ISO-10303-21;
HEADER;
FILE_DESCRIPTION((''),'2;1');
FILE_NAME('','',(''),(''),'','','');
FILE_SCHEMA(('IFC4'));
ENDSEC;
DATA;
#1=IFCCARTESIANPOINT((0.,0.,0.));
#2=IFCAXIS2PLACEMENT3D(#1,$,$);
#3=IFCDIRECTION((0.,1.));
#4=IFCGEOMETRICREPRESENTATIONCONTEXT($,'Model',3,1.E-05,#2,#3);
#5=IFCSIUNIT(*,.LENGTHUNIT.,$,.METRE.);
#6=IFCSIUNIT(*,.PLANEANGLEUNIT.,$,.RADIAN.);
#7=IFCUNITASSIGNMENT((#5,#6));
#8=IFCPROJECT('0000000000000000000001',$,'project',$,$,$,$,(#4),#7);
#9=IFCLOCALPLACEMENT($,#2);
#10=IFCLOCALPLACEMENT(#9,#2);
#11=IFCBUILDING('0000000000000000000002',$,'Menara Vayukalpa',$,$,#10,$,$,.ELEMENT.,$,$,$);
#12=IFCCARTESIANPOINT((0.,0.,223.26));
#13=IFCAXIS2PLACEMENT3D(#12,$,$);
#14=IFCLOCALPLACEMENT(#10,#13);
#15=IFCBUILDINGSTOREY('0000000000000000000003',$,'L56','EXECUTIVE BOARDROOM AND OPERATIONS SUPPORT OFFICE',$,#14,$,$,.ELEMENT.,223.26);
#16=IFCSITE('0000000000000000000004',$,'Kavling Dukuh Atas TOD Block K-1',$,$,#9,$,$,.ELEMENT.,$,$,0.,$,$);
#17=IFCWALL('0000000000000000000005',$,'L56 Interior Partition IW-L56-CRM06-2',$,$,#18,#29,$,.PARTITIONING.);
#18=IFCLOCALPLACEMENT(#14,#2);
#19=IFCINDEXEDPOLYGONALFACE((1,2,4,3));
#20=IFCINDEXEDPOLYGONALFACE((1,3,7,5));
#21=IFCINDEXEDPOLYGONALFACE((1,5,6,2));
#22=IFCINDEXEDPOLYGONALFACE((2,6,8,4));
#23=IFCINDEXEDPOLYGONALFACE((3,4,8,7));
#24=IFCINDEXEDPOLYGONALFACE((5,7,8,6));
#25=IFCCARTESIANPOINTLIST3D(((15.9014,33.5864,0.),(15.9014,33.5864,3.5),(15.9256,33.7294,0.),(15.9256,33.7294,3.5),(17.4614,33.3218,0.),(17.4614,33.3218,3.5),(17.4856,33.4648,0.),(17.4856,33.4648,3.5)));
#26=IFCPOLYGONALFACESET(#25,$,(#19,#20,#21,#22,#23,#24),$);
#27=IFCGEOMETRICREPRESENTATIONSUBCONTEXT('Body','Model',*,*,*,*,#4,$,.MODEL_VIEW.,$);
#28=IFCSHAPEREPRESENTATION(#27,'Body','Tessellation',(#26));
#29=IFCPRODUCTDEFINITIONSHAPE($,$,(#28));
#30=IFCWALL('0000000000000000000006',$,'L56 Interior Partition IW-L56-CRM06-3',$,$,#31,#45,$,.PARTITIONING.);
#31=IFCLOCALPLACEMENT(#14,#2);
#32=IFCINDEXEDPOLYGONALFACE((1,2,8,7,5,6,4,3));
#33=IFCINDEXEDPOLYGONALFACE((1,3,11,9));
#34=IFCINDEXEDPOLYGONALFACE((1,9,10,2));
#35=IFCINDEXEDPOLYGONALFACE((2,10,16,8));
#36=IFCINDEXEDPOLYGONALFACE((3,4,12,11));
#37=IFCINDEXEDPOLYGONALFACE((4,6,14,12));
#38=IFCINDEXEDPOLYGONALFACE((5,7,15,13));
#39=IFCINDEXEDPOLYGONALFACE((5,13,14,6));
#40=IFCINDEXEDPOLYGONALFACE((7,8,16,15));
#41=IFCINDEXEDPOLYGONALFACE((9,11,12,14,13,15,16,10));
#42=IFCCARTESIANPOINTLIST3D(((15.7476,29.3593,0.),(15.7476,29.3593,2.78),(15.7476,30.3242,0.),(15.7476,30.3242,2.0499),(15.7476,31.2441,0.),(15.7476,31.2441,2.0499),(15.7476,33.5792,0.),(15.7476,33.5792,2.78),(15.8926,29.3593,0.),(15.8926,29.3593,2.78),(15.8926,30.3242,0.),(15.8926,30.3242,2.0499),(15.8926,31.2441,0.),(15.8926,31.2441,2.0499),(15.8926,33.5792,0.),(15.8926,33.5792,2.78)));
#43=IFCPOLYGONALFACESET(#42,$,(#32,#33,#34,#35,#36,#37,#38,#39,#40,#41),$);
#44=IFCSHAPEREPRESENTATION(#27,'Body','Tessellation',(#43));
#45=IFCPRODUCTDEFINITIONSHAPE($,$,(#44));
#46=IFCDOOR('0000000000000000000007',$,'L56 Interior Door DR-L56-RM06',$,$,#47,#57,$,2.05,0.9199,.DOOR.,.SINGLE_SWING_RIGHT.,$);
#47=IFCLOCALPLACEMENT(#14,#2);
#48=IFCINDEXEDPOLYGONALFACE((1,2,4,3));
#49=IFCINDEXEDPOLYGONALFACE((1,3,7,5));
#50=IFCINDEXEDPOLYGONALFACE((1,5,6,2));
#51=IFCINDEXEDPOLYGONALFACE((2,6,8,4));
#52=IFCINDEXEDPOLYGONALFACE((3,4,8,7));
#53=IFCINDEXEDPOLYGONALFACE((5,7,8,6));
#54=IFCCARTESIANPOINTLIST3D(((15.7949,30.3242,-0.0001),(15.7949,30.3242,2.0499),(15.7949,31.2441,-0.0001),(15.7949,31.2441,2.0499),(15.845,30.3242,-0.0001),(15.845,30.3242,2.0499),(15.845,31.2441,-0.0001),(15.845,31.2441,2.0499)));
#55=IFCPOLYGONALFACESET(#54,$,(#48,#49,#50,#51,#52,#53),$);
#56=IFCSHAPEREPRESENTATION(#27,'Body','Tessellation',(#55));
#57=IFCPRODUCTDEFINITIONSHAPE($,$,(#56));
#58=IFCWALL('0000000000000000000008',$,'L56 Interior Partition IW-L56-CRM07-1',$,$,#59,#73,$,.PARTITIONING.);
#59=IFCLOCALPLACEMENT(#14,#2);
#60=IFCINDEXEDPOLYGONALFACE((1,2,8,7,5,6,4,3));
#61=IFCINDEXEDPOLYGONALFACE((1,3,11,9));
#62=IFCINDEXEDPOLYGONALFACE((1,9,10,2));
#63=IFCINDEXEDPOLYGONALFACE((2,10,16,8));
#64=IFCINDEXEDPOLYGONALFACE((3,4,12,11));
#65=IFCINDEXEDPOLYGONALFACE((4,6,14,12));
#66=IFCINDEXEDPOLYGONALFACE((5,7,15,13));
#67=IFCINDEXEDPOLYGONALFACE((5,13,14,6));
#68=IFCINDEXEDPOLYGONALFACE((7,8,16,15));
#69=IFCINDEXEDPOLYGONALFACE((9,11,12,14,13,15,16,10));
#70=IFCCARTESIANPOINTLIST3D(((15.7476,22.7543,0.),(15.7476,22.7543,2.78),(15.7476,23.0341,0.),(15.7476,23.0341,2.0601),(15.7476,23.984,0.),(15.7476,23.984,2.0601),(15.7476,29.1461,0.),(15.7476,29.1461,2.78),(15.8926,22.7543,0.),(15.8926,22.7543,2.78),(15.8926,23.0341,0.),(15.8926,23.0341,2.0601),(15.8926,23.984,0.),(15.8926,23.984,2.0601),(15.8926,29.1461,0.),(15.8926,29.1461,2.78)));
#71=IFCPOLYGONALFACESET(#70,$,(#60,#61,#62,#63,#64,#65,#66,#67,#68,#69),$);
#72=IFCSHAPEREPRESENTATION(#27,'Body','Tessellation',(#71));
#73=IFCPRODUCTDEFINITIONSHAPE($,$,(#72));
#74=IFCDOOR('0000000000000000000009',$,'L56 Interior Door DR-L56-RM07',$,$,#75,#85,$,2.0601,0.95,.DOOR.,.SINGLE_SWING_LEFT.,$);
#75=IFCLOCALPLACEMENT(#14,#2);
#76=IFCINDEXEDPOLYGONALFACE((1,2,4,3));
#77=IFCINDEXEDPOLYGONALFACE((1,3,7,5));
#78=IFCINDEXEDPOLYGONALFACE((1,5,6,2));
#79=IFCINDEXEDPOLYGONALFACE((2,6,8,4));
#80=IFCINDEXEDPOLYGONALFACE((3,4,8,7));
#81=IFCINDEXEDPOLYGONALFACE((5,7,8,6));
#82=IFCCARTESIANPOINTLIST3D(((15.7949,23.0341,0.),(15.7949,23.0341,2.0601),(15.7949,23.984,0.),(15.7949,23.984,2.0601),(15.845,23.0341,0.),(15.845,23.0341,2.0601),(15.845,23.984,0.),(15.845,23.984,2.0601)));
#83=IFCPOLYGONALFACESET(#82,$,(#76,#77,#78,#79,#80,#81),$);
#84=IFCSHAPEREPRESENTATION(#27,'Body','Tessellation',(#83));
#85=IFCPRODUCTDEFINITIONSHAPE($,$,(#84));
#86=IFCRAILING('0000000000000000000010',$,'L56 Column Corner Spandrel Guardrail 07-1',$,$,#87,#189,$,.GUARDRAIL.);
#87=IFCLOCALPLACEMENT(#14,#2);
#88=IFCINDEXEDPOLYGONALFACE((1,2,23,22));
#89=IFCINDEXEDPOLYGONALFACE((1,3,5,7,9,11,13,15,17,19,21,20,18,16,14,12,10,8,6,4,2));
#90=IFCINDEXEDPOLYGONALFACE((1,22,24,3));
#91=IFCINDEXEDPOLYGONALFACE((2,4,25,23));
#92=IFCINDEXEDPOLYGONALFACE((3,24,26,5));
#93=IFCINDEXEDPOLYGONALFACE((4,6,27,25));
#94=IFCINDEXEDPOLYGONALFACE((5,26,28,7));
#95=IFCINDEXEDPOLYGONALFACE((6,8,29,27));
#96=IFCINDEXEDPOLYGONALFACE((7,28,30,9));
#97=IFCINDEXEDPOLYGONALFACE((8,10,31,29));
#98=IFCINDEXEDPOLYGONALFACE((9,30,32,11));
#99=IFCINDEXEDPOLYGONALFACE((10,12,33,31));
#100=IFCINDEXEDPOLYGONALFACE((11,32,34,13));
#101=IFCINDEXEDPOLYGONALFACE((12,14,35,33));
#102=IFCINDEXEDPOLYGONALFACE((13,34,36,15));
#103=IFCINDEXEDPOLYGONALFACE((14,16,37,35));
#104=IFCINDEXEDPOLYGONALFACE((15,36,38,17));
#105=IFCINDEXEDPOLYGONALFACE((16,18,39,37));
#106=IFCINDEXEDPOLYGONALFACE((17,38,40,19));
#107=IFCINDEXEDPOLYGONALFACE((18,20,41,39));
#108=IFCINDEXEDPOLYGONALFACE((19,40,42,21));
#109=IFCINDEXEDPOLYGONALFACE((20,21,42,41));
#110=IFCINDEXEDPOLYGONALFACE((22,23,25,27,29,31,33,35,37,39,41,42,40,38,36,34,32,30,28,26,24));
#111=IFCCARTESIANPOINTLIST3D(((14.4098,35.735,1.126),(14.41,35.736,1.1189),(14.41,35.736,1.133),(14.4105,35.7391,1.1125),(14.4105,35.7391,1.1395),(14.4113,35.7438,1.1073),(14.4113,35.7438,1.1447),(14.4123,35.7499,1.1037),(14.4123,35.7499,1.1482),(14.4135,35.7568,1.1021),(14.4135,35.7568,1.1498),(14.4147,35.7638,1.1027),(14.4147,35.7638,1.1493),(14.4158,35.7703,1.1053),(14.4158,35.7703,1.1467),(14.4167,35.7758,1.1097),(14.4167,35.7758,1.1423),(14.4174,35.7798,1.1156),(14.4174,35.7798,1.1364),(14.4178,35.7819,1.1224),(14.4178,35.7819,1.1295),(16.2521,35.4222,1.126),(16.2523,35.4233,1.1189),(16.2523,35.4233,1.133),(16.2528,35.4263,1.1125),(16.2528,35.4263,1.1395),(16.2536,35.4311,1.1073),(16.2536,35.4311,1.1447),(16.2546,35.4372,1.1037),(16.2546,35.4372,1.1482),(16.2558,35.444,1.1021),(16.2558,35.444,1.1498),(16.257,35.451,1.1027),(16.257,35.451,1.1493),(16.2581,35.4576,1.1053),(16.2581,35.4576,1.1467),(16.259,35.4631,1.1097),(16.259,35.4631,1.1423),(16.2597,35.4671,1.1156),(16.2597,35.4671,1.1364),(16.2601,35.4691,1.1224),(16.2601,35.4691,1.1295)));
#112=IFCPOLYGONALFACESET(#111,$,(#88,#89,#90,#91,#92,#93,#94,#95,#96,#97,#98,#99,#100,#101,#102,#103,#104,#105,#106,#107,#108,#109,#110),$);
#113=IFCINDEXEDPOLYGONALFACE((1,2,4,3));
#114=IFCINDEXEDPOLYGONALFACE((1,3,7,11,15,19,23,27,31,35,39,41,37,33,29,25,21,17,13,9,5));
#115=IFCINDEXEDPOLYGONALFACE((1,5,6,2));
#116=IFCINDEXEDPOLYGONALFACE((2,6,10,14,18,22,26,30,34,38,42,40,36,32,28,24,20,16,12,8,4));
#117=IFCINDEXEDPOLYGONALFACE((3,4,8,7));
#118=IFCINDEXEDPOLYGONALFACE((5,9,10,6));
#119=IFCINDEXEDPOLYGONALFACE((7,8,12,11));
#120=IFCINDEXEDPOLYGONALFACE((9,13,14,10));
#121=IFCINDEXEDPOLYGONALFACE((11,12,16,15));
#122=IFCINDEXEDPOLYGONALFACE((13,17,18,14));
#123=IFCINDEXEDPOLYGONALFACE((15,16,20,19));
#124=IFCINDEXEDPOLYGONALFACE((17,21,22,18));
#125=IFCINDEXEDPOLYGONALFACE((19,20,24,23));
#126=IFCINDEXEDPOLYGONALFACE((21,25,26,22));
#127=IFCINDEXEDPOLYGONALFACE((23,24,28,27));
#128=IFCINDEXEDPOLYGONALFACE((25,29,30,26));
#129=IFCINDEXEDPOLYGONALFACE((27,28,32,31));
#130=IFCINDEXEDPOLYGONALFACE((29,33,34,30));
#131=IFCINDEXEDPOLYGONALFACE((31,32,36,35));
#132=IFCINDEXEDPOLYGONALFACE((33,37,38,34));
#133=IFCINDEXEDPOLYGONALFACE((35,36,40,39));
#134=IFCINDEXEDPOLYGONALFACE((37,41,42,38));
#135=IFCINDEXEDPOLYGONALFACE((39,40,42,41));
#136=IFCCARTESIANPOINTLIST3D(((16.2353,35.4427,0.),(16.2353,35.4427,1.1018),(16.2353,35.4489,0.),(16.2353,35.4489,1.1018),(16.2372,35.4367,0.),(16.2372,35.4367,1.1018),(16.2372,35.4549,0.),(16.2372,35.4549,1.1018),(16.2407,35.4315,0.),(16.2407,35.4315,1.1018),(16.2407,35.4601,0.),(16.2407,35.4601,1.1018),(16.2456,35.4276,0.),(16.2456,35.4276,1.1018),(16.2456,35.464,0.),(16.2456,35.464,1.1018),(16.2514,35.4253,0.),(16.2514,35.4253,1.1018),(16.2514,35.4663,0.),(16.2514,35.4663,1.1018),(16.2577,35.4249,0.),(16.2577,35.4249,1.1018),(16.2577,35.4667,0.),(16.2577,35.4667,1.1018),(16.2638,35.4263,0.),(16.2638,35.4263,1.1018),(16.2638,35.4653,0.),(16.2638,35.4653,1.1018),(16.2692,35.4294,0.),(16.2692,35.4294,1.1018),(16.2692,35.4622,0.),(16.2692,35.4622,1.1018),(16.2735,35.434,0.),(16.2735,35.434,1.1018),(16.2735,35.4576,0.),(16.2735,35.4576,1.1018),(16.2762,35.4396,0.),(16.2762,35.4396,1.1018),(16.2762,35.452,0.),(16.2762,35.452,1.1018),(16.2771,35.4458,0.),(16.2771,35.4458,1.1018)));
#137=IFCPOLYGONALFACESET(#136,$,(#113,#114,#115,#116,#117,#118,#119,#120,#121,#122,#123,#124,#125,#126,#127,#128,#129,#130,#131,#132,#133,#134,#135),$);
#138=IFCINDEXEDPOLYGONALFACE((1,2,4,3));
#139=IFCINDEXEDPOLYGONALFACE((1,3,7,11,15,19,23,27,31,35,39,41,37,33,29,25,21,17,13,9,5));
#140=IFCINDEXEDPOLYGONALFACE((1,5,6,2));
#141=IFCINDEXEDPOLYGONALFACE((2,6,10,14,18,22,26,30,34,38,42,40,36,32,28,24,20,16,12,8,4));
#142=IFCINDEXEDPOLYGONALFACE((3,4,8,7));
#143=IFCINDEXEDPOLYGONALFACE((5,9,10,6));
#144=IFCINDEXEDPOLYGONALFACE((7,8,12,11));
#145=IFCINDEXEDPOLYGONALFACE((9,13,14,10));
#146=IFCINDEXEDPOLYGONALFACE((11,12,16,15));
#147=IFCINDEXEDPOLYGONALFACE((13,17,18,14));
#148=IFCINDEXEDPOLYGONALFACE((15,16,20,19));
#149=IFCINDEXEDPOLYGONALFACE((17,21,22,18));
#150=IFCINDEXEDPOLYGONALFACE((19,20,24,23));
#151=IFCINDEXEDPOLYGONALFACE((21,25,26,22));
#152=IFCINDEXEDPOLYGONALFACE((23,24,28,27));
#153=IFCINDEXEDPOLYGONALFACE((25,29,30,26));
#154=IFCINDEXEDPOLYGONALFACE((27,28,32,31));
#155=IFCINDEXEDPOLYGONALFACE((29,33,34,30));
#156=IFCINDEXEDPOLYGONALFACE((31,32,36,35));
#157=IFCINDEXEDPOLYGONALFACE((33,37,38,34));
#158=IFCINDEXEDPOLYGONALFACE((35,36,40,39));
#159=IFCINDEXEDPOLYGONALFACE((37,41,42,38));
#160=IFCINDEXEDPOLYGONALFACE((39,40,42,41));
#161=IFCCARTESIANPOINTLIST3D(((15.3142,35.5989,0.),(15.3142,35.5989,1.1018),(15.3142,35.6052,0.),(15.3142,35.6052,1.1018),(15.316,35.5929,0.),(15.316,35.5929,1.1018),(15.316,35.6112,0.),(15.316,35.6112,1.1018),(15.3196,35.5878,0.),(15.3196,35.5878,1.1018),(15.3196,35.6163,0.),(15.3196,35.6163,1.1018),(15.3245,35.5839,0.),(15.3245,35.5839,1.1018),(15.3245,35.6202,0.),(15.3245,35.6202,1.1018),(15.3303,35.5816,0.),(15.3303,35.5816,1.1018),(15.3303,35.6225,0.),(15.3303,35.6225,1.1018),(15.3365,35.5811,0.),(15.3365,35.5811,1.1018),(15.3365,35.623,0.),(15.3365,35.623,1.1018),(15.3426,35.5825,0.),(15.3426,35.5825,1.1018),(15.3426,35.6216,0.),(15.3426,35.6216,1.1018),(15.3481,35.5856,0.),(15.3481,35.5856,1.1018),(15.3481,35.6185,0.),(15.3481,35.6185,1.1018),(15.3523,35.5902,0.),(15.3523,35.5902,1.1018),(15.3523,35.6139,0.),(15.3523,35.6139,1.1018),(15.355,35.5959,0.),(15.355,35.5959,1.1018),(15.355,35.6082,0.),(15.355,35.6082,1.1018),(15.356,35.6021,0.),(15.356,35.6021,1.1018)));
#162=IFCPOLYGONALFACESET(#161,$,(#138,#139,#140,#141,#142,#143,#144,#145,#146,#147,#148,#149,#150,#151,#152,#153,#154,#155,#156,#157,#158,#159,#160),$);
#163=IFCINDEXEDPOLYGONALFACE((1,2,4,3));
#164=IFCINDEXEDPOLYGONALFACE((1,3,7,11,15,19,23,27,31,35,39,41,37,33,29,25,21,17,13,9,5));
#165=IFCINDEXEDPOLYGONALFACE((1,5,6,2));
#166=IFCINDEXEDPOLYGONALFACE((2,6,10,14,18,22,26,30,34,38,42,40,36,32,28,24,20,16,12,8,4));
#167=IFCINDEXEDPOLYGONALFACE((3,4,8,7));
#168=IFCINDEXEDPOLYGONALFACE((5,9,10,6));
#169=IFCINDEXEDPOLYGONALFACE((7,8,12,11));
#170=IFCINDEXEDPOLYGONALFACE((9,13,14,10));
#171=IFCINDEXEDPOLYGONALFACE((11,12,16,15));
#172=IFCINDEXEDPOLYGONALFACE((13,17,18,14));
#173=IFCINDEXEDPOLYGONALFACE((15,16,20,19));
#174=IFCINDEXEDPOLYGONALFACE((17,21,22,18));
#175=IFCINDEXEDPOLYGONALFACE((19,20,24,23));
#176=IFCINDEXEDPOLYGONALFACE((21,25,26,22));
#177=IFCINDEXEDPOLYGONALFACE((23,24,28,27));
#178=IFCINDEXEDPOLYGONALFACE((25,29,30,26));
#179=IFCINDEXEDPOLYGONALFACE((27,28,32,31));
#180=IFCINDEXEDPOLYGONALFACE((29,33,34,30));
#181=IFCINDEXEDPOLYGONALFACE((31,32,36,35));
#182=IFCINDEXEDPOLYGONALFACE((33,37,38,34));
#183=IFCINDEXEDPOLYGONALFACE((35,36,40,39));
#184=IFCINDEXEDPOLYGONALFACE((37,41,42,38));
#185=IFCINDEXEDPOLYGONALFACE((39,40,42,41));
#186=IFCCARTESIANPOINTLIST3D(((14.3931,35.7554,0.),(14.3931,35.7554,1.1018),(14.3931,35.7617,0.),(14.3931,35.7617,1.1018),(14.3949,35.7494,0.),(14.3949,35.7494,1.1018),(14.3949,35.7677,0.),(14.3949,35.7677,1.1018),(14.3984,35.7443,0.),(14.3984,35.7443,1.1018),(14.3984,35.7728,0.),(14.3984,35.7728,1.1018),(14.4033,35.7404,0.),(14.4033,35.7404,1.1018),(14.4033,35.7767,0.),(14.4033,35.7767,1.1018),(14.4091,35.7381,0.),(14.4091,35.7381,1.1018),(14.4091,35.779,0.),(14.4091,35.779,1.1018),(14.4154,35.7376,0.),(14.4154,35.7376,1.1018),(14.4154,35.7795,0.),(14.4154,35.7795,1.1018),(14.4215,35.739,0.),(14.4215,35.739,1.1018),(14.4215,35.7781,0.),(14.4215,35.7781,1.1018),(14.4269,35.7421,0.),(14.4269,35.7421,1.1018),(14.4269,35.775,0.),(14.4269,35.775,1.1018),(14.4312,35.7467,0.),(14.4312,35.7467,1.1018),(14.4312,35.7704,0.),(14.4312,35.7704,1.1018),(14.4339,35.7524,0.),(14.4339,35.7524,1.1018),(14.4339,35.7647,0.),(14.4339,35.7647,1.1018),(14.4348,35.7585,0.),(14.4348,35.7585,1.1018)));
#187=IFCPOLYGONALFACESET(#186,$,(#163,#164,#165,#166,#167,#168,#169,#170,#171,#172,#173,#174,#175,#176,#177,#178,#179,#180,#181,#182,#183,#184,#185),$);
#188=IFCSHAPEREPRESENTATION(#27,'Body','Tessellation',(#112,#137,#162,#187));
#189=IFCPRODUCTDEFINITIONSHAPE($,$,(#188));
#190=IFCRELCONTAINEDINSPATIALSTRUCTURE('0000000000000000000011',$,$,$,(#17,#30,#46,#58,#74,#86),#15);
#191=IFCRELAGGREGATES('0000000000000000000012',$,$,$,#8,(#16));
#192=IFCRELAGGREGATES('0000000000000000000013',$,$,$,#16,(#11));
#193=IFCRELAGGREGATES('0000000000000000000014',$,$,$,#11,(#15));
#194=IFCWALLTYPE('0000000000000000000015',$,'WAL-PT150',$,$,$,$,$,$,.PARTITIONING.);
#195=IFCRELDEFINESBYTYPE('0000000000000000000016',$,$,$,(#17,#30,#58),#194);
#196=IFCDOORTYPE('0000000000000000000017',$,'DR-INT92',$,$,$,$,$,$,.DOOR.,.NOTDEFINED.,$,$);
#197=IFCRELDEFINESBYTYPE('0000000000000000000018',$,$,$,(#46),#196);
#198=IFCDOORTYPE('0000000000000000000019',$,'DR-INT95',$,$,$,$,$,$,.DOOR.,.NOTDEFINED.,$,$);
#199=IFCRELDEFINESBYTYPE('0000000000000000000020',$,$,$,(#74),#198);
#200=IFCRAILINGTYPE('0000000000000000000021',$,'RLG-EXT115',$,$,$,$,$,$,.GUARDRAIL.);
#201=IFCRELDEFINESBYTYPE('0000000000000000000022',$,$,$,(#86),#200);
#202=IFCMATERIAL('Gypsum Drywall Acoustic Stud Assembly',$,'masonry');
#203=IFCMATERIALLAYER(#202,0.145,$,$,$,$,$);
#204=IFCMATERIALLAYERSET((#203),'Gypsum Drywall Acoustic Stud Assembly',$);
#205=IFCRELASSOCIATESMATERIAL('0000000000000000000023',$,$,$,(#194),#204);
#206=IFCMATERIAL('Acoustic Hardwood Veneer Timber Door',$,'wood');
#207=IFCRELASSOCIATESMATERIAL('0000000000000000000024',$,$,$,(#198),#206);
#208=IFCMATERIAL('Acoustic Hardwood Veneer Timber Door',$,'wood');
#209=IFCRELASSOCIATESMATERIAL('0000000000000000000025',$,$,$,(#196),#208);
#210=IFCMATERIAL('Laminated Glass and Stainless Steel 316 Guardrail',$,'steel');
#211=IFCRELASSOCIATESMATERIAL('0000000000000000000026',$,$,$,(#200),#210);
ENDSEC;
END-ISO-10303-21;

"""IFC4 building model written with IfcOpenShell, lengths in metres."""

from ifc_helpers import new_model, si_unit, direction, frame, frame_2d, origin, origin_2d, place, context, subcontext, project, spatial, rectangle, circle, extrude, material, layer, layer_set, type_object, element, fill, save


model = new_model("IFC4")

# Units and contexts
model_context = context("Model", 3, precision=1e-05, world=origin(), true_north=direction((0.0, 1.0)))
body_context = subcontext(model_context, "Body", "Model", "MODEL_VIEW")
ifc_project = project(units=[si_unit("LENGTHUNIT", "METRE"), si_unit("PLANEANGLEUNIT", "RADIAN")], contexts=[model_context])

# Site, building, storey
site_placement = place(None, origin())
site = spatial("IfcSite", under=ifc_project, at=site_placement, Name="Kavling Dukuh Atas TOD Block K-1", CompositionType="ELEMENT", RefElevation=0.0)
building_placement = place(site_placement, origin())
building = spatial("IfcBuilding", under=site, at=building_placement, Name="Menara Vayukalpa", CompositionType="ELEMENT")
storey_placement = place(building_placement, frame((0.0, 0.0, 223.26)))
storey = spatial("IfcBuildingStorey", under=building, at=storey_placement, Name="L56", Description="EXECUTIVE BOARDROOM AND OPERATIONS SUPPORT OFFICE", CompositionType="ELEMENT", Elevation=223.26)

# Shared definitions
ifc_material_1 = material(Name="Gypsum Drywall Acoustic Stud Assembly", Category="masonry")
ifc_layer_1 = layer(ifc_material_1, 0.145)
ifc_layer_set_1 = layer_set([ifc_layer_1], Name="Gypsum Drywall Acoustic Stud Assembly")
wall_type_1 = type_object("IfcWallType", Name="WAL-PT150", PredefinedType="PARTITIONING", material=ifc_layer_set_1)
ifc_material_2 = material(Name="Acoustic Hardwood Veneer Timber Door", Category="wood")
door_type_1 = type_object("IfcDoorType", Name="DR-INT95", OperationType="NOTDEFINED", PredefinedType="DOOR", material=ifc_material_2)

# Wall
wall_1_placement = place(storey_placement, frame((17.4734, 33.3933, 0.0), z_axis=(0.0, 0.0, 1.0), x_axis=(-0.985914, 0.167251, 0.0)))
element("IfcWall", 1, at=wall_1_placement, inside=storey, type_object=wall_type_1, Name="L56 Interior Partition IW-L56-CRM06-2", PredefinedType="PARTITIONING", context=body_context, shape_type="SweptSolid", body=[
    extrude(rectangle(XDim=1.5823, YDim=0.145, at=frame_2d((0.791, 0.0))), origin(), (0.0, 0.0, 1.0), 3.5),
])

# Walls, openings, doors
wall_2_placement = place(storey_placement, frame((15.8201, 33.5791, 0.0), z_axis=(0.0, 0.0, 1.0), x_axis=(0.0, -1.0, 0.0)))
wall_2 = element("IfcWall", 2, at=wall_2_placement, inside=storey, type_object=wall_type_1, Name="L56 Interior Partition IW-L56-CRM06-3", PredefinedType="PARTITIONING", context=body_context, shape_type="SweptSolid", body=[
    extrude(rectangle(XDim=4.22, YDim=0.145, at=frame_2d((2.1099, 0.0))), origin(), (0.0, 0.0, 1.0), 2.78),
])
opening_1_placement = place(wall_2_placement, frame((2.335, 0.0, 0.0)))
opening_1 = element("IfcOpeningElement", 3, at=opening_1_placement, cuts=wall_2, PredefinedType="OPENING", context=body_context, shape_type="SweptSolid", body=[
    extrude(rectangle(XDim=0.9199, YDim=2.05, at=frame_2d((0.46, 1.0249))), frame((0.0, 0.0825, 0.0), z_axis=(0.0, -1.0, 0.0), x_axis=(1.0, 0.0, 0.0)), (0.0, 0.0, 1.0), 0.165),
])
ifc_material_3 = material(Name="Acoustic Hardwood Veneer Timber Door", Category="wood")
door_type_2 = type_object("IfcDoorType", Name="DR-INT92", OperationType="NOTDEFINED", PredefinedType="DOOR", material=ifc_material_3)
door_1_placement = place(opening_1_placement, origin())
door_1 = element("IfcDoor", 4, at=door_1_placement, inside=storey, type_object=door_type_2, Name="L56 Interior Door DR-L56-RM06", OperationType="SINGLE_SWING_RIGHT", OverallHeight=2.05, OverallWidth=0.9199, PredefinedType="DOOR", context=body_context, shape_type="SweptSolid", body=[
    extrude(rectangle(XDim=0.9199, YDim=2.05, at=frame_2d((0.46, 1.0249))), frame((0.0, 0.0249, 0.0), z_axis=(0.0, -1.0, 0.0), x_axis=(1.0, 0.0, 0.0)), (0.0, 0.0, 1.0), 0.05),
])
fill(opening_1, door_1)
wall_3_placement = place(storey_placement, frame((15.8201, 29.146, 0.0), z_axis=(0.0, 0.0, 1.0), x_axis=(0.0, -1.0, 0.0)))
wall_3 = element("IfcWall", 5, at=wall_3_placement, inside=storey, type_object=wall_type_1, Name="L56 Interior Partition IW-L56-CRM07-1", PredefinedType="PARTITIONING", context=body_context, shape_type="SweptSolid", body=[
    extrude(rectangle(XDim=6.3918, YDim=0.145, at=frame_2d((3.1958, 0.0))), origin(), (0.0, 0.0, 1.0), 2.78),
])
opening_2_placement = place(wall_3_placement, frame((5.1619, 0.0, 0.0)))
opening_2 = element("IfcOpeningElement", 6, at=opening_2_placement, cuts=wall_3, PredefinedType="OPENING", context=body_context, shape_type="SweptSolid", body=[
    extrude(rectangle(XDim=0.95, YDim=2.0601, at=frame_2d((0.4751, 1.03))), frame((0.0, 0.0825, 0.0), z_axis=(0.0, -1.0, 0.0), x_axis=(1.0, 0.0, 0.0)), (0.0, 0.0, 1.0), 0.165),
])
door_2_placement = place(opening_2_placement, origin())
door_2 = element("IfcDoor", 7, at=door_2_placement, inside=storey, type_object=door_type_1, Name="L56 Interior Door DR-L56-RM07", OperationType="SINGLE_SWING_LEFT", OverallHeight=2.0601, OverallWidth=0.95, PredefinedType="DOOR", context=body_context, shape_type="SweptSolid", body=[
    extrude(rectangle(XDim=0.95, YDim=2.0601, at=frame_2d((0.4751, 1.03))), frame((0.0, 0.0249, 0.0), z_axis=(0.0, -1.0, 0.0), x_axis=(1.0, 0.0, 0.0)), (0.0, 0.0, 1.0), 0.05),
])
fill(opening_2, door_2)

# Railing
ifc_material_4 = material(Name="Laminated Glass and Stainless Steel 316 Guardrail", Category="steel")
railing_type = type_object("IfcRailingType", Name="RLG-EXT115", PredefinedType="GUARDRAIL", material=ifc_material_4)
railing_placement = place(storey_placement, frame((16.2561, 35.4458, 0.0)))
element("IfcRailing", 8, at=railing_placement, inside=storey, type_object=railing_type, Name="L56 Column Corner Spandrel Guardrail 07-1", PredefinedType="GUARDRAIL", context=body_context, shape_type="SweptSolid", body=[
    extrude(circle(Radius=0.0239, at=origin_2d()), frame((0.0, 0.0, 1.126), z_axis=(-0.985895, 0.167364, 0.0), x_axis=(-0.167364, -0.985895, 0.0)), (0.0, 0.0, 1.0), 1.8687),
    extrude(circle(Radius=0.021, at=origin_2d()), origin(), (0.0, 0.0, 1.0), 1.1018),
    extrude(circle(Radius=0.021, at=origin_2d()), frame((-0.9211, 0.1562, 0.0)), (0.0, 0.0, 1.0), 1.1018),
    extrude(circle(Radius=0.021, at=origin_2d()), frame((-1.8423, 0.3127, 0.0)), (0.0, 0.0, 1.0), 1.1018),
])

save(model, "model.ifc")
